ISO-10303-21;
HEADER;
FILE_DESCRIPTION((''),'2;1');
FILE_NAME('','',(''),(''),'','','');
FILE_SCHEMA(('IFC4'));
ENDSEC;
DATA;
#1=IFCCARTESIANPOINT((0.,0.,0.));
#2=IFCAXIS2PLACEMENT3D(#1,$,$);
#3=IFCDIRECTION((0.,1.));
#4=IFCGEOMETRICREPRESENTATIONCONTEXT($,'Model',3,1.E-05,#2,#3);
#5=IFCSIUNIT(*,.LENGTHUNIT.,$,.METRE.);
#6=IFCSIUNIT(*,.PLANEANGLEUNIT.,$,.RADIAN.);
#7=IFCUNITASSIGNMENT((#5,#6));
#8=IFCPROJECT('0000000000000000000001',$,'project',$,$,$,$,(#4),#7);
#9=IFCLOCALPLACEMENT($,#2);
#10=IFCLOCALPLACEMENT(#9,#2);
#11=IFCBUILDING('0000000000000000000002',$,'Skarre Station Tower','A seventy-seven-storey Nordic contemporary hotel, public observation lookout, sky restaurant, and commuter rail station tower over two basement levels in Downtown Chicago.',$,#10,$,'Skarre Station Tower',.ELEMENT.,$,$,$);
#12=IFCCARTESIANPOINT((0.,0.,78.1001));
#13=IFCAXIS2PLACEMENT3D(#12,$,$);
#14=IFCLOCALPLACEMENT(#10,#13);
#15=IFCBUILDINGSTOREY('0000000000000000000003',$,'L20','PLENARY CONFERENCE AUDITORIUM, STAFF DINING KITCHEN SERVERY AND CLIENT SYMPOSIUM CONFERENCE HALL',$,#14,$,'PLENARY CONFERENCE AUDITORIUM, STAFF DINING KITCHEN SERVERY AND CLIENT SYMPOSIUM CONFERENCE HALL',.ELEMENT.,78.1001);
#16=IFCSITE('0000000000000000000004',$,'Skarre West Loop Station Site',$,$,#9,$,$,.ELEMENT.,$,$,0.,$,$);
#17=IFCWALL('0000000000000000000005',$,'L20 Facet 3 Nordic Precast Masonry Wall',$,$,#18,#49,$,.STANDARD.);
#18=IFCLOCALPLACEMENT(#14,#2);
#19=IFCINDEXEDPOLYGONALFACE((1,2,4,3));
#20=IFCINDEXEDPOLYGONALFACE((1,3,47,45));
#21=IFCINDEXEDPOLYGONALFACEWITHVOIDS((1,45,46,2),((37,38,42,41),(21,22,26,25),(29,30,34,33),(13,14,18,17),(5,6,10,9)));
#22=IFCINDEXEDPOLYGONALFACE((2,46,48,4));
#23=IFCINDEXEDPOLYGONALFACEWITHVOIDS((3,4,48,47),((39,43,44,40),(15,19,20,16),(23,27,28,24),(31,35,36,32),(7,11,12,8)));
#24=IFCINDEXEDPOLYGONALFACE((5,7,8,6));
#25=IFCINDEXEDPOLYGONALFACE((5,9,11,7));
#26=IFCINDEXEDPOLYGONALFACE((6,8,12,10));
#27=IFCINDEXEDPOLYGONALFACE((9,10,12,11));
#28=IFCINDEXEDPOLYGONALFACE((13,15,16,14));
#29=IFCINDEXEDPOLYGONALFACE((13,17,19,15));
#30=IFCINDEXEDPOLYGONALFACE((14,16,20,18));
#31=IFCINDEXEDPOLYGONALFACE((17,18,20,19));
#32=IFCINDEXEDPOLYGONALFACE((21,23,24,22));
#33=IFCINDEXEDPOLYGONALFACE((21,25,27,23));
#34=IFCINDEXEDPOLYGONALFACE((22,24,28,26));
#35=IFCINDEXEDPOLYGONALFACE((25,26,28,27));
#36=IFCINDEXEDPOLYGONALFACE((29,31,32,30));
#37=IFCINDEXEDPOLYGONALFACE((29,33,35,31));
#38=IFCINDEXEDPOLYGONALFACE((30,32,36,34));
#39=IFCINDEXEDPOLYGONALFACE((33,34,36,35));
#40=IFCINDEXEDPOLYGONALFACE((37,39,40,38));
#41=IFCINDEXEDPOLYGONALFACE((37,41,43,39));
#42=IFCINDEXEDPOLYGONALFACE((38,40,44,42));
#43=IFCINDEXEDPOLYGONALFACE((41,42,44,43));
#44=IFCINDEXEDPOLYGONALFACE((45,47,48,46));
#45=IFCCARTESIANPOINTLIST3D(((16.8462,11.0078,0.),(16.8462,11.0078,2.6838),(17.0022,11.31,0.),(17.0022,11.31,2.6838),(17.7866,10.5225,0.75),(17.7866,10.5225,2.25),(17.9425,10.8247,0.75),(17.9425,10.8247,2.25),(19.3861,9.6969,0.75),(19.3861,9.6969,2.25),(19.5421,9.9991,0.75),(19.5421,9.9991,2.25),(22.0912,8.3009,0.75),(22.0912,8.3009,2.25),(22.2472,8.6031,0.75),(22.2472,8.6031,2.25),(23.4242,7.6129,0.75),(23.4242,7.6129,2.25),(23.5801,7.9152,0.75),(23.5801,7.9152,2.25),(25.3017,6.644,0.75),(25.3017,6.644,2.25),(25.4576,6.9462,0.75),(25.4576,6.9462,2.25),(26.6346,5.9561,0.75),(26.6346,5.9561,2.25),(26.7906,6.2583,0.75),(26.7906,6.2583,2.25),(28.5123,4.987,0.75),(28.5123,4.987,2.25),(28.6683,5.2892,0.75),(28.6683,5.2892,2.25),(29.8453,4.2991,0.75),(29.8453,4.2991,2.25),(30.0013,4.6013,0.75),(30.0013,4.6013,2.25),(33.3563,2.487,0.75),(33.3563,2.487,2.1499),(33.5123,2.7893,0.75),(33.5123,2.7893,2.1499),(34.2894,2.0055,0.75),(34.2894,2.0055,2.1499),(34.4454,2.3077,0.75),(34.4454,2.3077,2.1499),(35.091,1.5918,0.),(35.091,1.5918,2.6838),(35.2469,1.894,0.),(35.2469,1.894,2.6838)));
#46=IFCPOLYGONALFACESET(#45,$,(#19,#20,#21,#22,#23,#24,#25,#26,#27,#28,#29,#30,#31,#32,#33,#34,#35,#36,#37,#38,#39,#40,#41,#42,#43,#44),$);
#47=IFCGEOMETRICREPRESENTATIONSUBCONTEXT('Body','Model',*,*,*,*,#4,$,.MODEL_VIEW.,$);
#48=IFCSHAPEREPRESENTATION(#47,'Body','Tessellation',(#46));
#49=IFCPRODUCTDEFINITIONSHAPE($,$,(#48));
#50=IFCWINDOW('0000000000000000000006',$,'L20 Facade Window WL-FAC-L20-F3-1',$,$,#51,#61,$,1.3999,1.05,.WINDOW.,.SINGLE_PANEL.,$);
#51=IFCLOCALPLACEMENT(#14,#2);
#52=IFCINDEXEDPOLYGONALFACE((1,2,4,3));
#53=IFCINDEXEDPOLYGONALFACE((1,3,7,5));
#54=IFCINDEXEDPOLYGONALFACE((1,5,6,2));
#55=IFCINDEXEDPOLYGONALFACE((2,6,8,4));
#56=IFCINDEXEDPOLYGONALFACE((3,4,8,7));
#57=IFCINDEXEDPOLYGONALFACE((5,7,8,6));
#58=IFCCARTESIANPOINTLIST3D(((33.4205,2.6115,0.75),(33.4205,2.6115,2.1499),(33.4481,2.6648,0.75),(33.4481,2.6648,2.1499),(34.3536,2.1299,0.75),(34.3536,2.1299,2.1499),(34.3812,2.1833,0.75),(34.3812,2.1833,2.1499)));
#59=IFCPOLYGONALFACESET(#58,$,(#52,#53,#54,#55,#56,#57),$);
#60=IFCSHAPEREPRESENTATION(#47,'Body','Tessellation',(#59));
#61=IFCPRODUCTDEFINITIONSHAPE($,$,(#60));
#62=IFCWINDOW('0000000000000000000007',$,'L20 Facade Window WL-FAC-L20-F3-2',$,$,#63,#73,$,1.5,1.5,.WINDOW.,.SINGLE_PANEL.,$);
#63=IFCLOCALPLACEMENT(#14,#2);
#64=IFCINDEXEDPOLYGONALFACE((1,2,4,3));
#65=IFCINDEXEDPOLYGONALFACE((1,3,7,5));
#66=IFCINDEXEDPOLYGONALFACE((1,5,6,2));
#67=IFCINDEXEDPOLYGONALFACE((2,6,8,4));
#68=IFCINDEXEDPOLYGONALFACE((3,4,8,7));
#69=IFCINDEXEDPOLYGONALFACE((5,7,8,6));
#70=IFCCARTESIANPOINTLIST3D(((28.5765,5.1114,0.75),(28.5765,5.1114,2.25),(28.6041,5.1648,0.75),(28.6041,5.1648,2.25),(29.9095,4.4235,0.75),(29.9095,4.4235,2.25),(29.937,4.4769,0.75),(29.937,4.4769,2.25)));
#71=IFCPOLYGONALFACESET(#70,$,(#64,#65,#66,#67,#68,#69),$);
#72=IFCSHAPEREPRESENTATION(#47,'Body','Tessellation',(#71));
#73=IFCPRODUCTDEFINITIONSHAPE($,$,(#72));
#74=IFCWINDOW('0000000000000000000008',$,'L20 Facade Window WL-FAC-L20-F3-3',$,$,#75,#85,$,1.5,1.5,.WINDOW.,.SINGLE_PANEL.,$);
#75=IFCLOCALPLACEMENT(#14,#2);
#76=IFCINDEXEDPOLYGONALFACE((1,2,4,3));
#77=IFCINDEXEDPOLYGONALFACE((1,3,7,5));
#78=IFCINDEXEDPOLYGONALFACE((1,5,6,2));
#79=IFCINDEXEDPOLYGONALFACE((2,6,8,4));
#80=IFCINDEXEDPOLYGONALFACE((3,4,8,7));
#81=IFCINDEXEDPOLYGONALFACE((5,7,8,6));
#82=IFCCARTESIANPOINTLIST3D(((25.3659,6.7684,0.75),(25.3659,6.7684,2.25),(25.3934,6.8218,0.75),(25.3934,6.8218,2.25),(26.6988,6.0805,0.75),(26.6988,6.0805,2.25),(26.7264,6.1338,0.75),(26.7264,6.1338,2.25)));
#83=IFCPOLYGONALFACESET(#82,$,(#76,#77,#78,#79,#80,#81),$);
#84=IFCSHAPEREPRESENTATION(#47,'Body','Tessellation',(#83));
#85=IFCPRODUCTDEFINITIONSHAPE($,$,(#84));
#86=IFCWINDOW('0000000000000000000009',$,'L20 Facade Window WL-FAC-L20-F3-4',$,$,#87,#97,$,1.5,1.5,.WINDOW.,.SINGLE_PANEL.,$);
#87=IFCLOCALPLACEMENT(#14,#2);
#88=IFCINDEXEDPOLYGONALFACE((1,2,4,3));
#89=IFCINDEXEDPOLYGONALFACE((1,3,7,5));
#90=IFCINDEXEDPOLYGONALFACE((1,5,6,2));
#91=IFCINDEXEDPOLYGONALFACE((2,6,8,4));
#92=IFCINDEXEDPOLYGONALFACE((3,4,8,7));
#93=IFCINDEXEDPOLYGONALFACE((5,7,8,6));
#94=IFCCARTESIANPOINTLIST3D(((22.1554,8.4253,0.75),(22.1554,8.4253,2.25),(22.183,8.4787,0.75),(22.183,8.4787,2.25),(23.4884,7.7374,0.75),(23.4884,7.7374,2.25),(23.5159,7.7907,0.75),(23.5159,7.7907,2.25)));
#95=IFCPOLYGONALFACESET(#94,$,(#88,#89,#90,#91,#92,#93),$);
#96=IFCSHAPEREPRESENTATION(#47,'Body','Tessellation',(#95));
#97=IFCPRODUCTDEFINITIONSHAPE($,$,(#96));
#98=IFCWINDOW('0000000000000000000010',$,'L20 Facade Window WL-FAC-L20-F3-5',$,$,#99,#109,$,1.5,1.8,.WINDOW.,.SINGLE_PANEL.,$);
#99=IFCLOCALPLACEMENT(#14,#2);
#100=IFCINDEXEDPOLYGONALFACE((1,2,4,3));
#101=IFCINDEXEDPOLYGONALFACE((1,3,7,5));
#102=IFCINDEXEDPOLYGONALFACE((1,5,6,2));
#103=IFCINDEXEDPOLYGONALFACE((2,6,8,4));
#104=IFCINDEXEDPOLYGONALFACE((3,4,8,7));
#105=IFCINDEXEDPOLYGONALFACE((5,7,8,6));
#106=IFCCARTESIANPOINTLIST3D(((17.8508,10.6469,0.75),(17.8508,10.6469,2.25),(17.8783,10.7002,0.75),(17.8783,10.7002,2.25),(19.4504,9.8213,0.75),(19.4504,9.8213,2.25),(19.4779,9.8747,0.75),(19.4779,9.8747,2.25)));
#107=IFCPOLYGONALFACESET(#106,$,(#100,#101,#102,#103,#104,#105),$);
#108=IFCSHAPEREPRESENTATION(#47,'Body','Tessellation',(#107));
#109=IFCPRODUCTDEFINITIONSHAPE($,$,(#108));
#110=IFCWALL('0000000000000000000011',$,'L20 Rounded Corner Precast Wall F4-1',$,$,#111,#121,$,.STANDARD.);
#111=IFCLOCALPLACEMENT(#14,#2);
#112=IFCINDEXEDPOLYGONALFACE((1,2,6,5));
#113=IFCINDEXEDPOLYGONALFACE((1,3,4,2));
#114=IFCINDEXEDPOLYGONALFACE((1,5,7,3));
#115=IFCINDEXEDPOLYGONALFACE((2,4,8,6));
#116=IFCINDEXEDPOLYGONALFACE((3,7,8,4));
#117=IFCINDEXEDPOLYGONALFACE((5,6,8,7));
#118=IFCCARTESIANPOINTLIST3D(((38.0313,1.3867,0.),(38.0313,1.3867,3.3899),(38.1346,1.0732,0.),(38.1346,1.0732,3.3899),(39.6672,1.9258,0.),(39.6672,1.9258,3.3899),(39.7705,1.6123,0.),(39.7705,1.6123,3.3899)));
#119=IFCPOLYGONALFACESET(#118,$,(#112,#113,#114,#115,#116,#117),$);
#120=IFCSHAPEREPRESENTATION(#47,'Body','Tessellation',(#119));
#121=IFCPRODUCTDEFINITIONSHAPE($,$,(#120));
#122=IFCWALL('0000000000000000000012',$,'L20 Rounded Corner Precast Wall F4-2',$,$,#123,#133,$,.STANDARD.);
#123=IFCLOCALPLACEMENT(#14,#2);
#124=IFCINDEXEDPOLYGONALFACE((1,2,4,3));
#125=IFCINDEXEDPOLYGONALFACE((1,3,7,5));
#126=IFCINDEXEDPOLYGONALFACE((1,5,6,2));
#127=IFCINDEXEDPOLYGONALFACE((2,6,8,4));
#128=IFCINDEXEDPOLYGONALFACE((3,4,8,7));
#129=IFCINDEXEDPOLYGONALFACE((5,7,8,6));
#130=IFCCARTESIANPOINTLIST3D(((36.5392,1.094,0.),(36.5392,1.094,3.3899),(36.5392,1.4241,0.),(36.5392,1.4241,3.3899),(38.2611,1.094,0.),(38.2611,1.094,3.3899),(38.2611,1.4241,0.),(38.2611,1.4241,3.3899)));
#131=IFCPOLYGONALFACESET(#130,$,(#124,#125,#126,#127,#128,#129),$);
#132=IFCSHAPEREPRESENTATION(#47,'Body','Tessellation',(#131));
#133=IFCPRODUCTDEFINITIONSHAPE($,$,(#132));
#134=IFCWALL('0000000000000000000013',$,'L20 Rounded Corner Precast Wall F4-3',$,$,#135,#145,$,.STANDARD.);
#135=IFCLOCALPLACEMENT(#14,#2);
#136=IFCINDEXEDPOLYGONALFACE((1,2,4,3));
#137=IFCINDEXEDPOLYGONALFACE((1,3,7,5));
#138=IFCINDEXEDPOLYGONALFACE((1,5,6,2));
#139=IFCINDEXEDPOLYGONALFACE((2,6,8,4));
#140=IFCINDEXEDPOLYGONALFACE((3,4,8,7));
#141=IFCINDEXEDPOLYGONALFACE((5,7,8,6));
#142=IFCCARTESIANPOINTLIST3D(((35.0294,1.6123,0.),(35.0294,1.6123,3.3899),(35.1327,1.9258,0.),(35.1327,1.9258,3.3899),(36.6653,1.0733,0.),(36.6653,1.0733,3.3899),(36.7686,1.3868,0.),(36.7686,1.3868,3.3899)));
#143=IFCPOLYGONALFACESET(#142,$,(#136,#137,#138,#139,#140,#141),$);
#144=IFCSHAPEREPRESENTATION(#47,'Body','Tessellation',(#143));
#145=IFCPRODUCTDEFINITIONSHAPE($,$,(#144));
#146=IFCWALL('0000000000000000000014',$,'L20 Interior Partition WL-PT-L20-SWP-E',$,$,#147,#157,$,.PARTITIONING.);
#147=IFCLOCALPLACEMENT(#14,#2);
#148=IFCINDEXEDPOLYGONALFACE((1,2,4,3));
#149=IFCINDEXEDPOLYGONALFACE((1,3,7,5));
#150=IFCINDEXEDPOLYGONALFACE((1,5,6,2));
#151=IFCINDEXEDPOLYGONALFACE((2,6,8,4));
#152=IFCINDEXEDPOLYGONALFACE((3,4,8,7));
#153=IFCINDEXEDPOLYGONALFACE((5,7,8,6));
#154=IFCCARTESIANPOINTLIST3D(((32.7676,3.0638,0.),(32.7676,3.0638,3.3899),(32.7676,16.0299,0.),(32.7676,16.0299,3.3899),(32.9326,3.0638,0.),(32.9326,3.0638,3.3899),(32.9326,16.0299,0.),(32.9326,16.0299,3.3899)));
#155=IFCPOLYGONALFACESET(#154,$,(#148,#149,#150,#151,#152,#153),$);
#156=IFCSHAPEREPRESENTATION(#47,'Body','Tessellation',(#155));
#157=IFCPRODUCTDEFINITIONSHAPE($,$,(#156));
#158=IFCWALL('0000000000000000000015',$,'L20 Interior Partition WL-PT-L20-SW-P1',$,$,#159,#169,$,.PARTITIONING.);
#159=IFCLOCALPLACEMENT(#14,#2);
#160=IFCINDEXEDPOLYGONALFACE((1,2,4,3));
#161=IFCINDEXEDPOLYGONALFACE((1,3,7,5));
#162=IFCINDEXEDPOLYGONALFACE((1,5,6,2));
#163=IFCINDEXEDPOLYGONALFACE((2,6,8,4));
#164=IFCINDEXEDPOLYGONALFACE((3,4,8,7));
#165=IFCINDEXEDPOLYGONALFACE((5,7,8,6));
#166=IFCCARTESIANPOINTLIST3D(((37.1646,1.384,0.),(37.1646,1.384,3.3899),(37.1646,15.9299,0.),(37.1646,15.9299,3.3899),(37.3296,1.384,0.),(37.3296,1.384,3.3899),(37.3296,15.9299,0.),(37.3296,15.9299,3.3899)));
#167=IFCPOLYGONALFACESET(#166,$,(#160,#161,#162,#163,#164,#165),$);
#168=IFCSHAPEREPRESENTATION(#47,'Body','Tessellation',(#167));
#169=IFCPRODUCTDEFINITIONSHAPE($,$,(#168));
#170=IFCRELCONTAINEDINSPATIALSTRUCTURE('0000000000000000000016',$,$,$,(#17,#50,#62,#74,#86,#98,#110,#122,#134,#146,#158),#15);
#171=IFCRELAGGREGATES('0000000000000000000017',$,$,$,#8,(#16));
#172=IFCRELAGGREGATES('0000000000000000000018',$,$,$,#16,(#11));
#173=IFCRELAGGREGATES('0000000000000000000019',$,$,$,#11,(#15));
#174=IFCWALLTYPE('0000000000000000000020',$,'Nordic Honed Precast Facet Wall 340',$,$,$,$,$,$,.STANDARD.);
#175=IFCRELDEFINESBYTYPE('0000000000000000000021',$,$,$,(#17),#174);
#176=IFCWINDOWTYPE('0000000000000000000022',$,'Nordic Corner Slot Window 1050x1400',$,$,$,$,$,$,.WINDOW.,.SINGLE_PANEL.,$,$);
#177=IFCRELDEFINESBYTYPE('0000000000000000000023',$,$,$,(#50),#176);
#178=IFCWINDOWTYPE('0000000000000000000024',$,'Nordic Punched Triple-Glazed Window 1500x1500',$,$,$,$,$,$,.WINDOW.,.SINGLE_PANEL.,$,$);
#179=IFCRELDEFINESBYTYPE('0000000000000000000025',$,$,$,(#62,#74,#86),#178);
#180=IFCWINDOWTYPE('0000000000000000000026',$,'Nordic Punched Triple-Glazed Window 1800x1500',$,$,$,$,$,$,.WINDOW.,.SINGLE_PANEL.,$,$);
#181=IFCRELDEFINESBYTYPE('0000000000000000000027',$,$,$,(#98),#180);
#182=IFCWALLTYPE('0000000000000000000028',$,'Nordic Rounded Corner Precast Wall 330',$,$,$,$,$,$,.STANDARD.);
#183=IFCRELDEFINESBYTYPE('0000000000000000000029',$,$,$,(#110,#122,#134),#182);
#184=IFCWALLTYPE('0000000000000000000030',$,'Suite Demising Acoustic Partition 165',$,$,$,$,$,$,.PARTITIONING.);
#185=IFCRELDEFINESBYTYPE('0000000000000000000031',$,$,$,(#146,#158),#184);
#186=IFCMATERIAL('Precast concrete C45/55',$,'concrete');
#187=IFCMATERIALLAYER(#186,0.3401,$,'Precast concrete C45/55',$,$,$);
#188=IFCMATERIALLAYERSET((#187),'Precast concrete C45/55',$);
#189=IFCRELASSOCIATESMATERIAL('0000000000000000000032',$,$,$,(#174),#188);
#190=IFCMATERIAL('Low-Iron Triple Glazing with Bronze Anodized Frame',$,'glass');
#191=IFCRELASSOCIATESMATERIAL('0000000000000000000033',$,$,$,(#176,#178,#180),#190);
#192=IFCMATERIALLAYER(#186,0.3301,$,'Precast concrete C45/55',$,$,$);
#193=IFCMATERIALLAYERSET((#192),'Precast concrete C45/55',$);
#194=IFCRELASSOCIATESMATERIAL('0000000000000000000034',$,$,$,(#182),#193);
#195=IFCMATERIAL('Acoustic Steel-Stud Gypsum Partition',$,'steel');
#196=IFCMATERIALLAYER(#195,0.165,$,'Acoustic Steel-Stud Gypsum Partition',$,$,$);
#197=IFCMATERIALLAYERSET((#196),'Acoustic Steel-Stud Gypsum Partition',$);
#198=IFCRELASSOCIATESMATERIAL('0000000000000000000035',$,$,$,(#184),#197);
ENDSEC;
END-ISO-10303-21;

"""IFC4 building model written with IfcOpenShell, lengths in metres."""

from ifc_helpers import new_model, si_unit, direction, frame, frame_2d, origin, place, context, subcontext, project, spatial, rectangle, extrude, material, layer, layer_set, type_object, element, fill, save


model = new_model("IFC4")

# Units and contexts
model_context = context("Model", 3, precision=1e-05, world=origin(), true_north=direction((0.0, 1.0)))
body_context = subcontext(model_context, "Body", "Model", "MODEL_VIEW")
ifc_project = project(units=[si_unit("LENGTHUNIT", "METRE"), si_unit("PLANEANGLEUNIT", "RADIAN")], contexts=[model_context])

# Site, building, storey
site_placement = place(None, origin())
site = spatial("IfcSite", under=ifc_project, at=site_placement, Name="Skarre West Loop Station Site", CompositionType="ELEMENT", RefElevation=0.0)
building_placement = place(site_placement, origin())
building = spatial("IfcBuilding", under=site, at=building_placement, Name="Skarre Station Tower", Description="A seventy-seven-storey Nordic contemporary hotel, public observation lookout, sky restaurant, and commuter rail station tower over two basement levels in Downtown Chicago.", LongName="Skarre Station Tower", CompositionType="ELEMENT")
storey_placement = place(building_placement, frame((0.0, 0.0, 78.1001)))
storey = spatial("IfcBuildingStorey", under=building, at=storey_placement, Name="L20", Description="PLENARY CONFERENCE AUDITORIUM, STAFF DINING KITCHEN SERVERY AND CLIENT SYMPOSIUM CONFERENCE HALL", LongName="PLENARY CONFERENCE AUDITORIUM, STAFF DINING KITCHEN SERVERY AND CLIENT SYMPOSIUM CONFERENCE HALL", CompositionType="ELEMENT", Elevation=78.1001)

# Wall, openings, windows
ifc_material_1 = material(Name="Precast concrete C45/55", Category="concrete")
ifc_layer_1 = layer(ifc_material_1, 0.3401, Name="Precast concrete C45/55")
ifc_layer_set_1 = layer_set([ifc_layer_1], Name="Precast concrete C45/55")
wall_type_1 = type_object("IfcWallType", Name="Nordic Honed Precast Facet Wall 340", PredefinedType="STANDARD", material=ifc_layer_set_1)
wall_1_placement = place(storey_placement, frame((35.1689, 1.7429, 0.0), z_axis=(0.0, 0.0, 1.0), x_axis=(-0.888634, 0.458616, 0.0)))
wall_1 = element("IfcWall", 1, at=wall_1_placement, inside=storey, type_object=wall_type_1, Name="L20 Facet 3 Nordic Precast Masonry Wall", PredefinedType="STANDARD", context=body_context, shape_type="SweptSolid", body=[
    extrude(rectangle(XDim=20.5312, YDim=0.3401, at=frame_2d((10.2656, 0.0))), origin(), (0.0, 0.0, 1.0), 2.6838),
])
opening_1_placement = place(wall_1_placement, frame((0.9021, 0.0, 0.75)))
opening_1 = element("IfcOpeningElement", 2, at=opening_1_placement, cuts=wall_1, PredefinedType="OPENING", context=body_context, shape_type="SweptSolid", body=[
    extrude(rectangle(XDim=1.05, YDim=1.3999, at=frame_2d((0.5249, 0.7))), frame((0.0, 0.1799, 0.0), z_axis=(0.0, -1.0, 0.0), x_axis=(1.0, 0.0, 0.0)), (0.0, 0.0, 1.0), 0.3601),
])
opening_2_placement = place(wall_1_placement, frame((5.9031, 0.0, 0.75)))
opening_2 = element("IfcOpeningElement", 3, at=opening_2_placement, cuts=wall_1, PredefinedType="OPENING", context=body_context, shape_type="SweptSolid", body=[
    extrude(rectangle(XDim=1.5, YDim=1.5, at=frame_2d((0.75, 0.75))), frame((0.0, 0.1799, 0.0), z_axis=(0.0, -1.0, 0.0), x_axis=(1.0, 0.0, 0.0)), (0.0, 0.0, 1.0), 0.3601),
])
opening_3_placement = place(wall_1_placement, frame((9.5161, 0.0, 0.75)))
opening_3 = element("IfcOpeningElement", 4, at=opening_3_placement, cuts=wall_1, PredefinedType="OPENING", context=body_context, shape_type="SweptSolid", body=[
    extrude(rectangle(XDim=1.5, YDim=1.5, at=frame_2d((0.75, 0.75))), frame((0.0, 0.1799, 0.0), z_axis=(0.0, -1.0, 0.0), x_axis=(1.0, 0.0, 0.0)), (0.0, 0.0, 1.0), 0.3601),
])
opening_4_placement = place(wall_1_placement, frame((13.1289, 0.0, 0.75)))
opening_4 = element("IfcOpeningElement", 5, at=opening_4_placement, cuts=wall_1, PredefinedType="OPENING", context=body_context, shape_type="SweptSolid", body=[
    extrude(rectangle(XDim=1.5, YDim=1.5, at=frame_2d((0.75, 0.75))), frame((0.0, 0.1799, 0.0), z_axis=(0.0, -1.0, 0.0), x_axis=(1.0, 0.0, 0.0)), (0.0, 0.0, 1.0), 0.3601),
])
opening_5_placement = place(wall_1_placement, frame((17.6731, 0.0, 0.75)))
opening_5 = element("IfcOpeningElement", 6, at=opening_5_placement, cuts=wall_1, PredefinedType="OPENING", context=body_context, shape_type="SweptSolid", body=[
    extrude(rectangle(XDim=1.8, YDim=1.5, at=frame_2d((0.8999, 0.75))), frame((0.0, 0.1799, 0.0), z_axis=(0.0, -1.0, 0.0), x_axis=(1.0, 0.0, 0.0)), (0.0, 0.0, 1.0), 0.3601),
])
ifc_material_2 = material(Name="Low-Iron Triple Glazing with Bronze Anodized Frame", Category="glass")
window_type_1 = type_object("IfcWindowType", Name="Nordic Corner Slot Window 1050x1400", PartitioningType="SINGLE_PANEL", PredefinedType="WINDOW", material=ifc_material_2)
window_1_placement = place(opening_1_placement, origin())
window_1 = element("IfcWindow", 7, at=window_1_placement, inside=storey, type_object=window_type_1, Name="L20 Facade Window WL-FAC-L20-F3-1", OverallHeight=1.3999, OverallWidth=1.05, PartitioningType="SINGLE_PANEL", PredefinedType="WINDOW", context=body_context, shape_type="SweptSolid", body=[
    extrude(rectangle(XDim=1.05, YDim=1.3999, at=frame_2d((0.5249, 0.7))), frame((0.0, 0.03, 0.0), z_axis=(0.0, -1.0, 0.0), x_axis=(1.0, 0.0, 0.0)), (0.0, 0.0, 1.0), 0.0601),
])
fill(opening_1, window_1)
window_type_2 = type_object("IfcWindowType", Name="Nordic Punched Triple-Glazed Window 1500x1500", PartitioningType="SINGLE_PANEL", PredefinedType="WINDOW", material=ifc_material_2)
window_2_placement = place(opening_2_placement, origin())
window_2 = element("IfcWindow", 8, at=window_2_placement, inside=storey, type_object=window_type_2, Name="L20 Facade Window WL-FAC-L20-F3-2", OverallHeight=1.5, OverallWidth=1.5, PartitioningType="SINGLE_PANEL", PredefinedType="WINDOW", context=body_context, shape_type="SweptSolid", body=[
    extrude(rectangle(XDim=1.5, YDim=1.5, at=frame_2d((0.75, 0.75))), frame((0.0, 0.03, 0.0), z_axis=(0.0, -1.0, 0.0), x_axis=(1.0, 0.0, 0.0)), (0.0, 0.0, 1.0), 0.0601),
])
fill(opening_2, window_2)
window_3_placement = place(opening_3_placement, origin())
window_3 = element("IfcWindow", 9, at=window_3_placement, inside=storey, type_object=window_type_2, Name="L20 Facade Window WL-FAC-L20-F3-3", OverallHeight=1.5, OverallWidth=1.5, PartitioningType="SINGLE_PANEL", PredefinedType="WINDOW", context=body_context, shape_type="SweptSolid", body=[
    extrude(rectangle(XDim=1.5, YDim=1.5, at=frame_2d((0.75, 0.75))), frame((0.0, 0.03, 0.0), z_axis=(0.0, -1.0, 0.0), x_axis=(1.0, 0.0, 0.0)), (0.0, 0.0, 1.0), 0.0601),
])
fill(opening_3, window_3)
window_4_placement = place(opening_4_placement, origin())
window_4 = element("IfcWindow", 10, at=window_4_placement, inside=storey, type_object=window_type_2, Name="L20 Facade Window WL-FAC-L20-F3-4", OverallHeight=1.5, OverallWidth=1.5, PartitioningType="SINGLE_PANEL", PredefinedType="WINDOW", context=body_context, shape_type="SweptSolid", body=[
    extrude(rectangle(XDim=1.5, YDim=1.5, at=frame_2d((0.75, 0.75))), frame((0.0, 0.03, 0.0), z_axis=(0.0, -1.0, 0.0), x_axis=(1.0, 0.0, 0.0)), (0.0, 0.0, 1.0), 0.0601),
])
fill(opening_4, window_4)
window_type_3 = type_object("IfcWindowType", Name="Nordic Punched Triple-Glazed Window 1800x1500", PartitioningType="SINGLE_PANEL", PredefinedType="WINDOW", material=ifc_material_2)
window_5_placement = place(opening_5_placement, origin())
window_5 = element("IfcWindow", 11, at=window_5_placement, inside=storey, type_object=window_type_3, Name="L20 Facade Window WL-FAC-L20-F3-5", OverallHeight=1.5, OverallWidth=1.8, PartitioningType="SINGLE_PANEL", PredefinedType="WINDOW", context=body_context, shape_type="SweptSolid", body=[
    extrude(rectangle(XDim=1.8, YDim=1.5, at=frame_2d((0.8999, 0.75))), frame((0.0, 0.03, 0.0), z_axis=(0.0, -1.0, 0.0), x_axis=(1.0, 0.0, 0.0)), (0.0, 0.0, 1.0), 0.0601),
])
fill(opening_5, window_5)

# Walls
ifc_layer_2 = layer(ifc_material_1, 0.3301, Name="Precast concrete C45/55")
ifc_layer_set_2 = layer_set([ifc_layer_2], Name="Precast concrete C45/55")
wall_type_2 = type_object("IfcWallType", Name="Nordic Rounded Corner Precast Wall 330", PredefinedType="STANDARD", material=ifc_layer_set_2)
wall_2_placement = place(storey_placement, frame((39.719, 1.769, 0.0), z_axis=(0.0, 0.0, 1.0), x_axis=(-0.949769, -0.312952, 0.0)))
element("IfcWall", 12, at=wall_2_placement, inside=storey, type_object=wall_type_2, Name="L20 Rounded Corner Precast Wall F4-1", PredefinedType="STANDARD", context=body_context, shape_type="SweptSolid", body=[
    extrude(rectangle(XDim=1.7224, YDim=0.3301, at=frame_2d((0.8613, 0.0))), origin(), (0.0, 0.0, 1.0), 3.3899),
])
wall_3_placement = place(storey_placement, frame((38.261, 1.259, 0.0), z_axis=(0.0, 0.0, 1.0), x_axis=(-1.0, 0.0, 0.0)))
element("IfcWall", 13, at=wall_3_placement, inside=storey, type_object=wall_type_2, Name="L20 Rounded Corner Precast Wall F4-2", PredefinedType="STANDARD", context=body_context, shape_type="SweptSolid", body=[
    extrude(rectangle(XDim=1.7219, YDim=0.3301, at=frame_2d((0.8608, 0.0))), origin(), (0.0, 0.0, 1.0), 3.3899),
])
wall_4_placement = place(storey_placement, frame((36.717, 1.23, 0.0), z_axis=(0.0, 0.0, 1.0), x_axis=(-0.949769, 0.312952, 0.0)))
element("IfcWall", 14, at=wall_4_placement, inside=storey, type_object=wall_type_2, Name="L20 Rounded Corner Precast Wall F4-3", PredefinedType="STANDARD", context=body_context, shape_type="SweptSolid", body=[
    extrude(rectangle(XDim=1.7224, YDim=0.3301, at=frame_2d((0.8613, 0.0))), origin(), (0.0, 0.0, 1.0), 3.3899),
])
ifc_material_3 = material(Name="Acoustic Steel-Stud Gypsum Partition", Category="steel")
ifc_layer_3 = layer(ifc_material_3, 0.165, Name="Acoustic Steel-Stud Gypsum Partition")
ifc_layer_set_3 = layer_set([ifc_layer_3], Name="Acoustic Steel-Stud Gypsum Partition")
wall_type_3 = type_object("IfcWallType", Name="Suite Demising Acoustic Partition 165", PredefinedType="PARTITIONING", material=ifc_layer_set_3)
wall_5_placement = place(storey_placement, frame((32.8501, 3.064, 0.0), z_axis=(0.0, 0.0, 1.0), x_axis=(0.0, 1.0, 0.0)))
element("IfcWall", 15, at=wall_5_placement, inside=storey, type_object=wall_type_3, Name="L20 Interior Partition WL-PT-L20-SWP-E", PredefinedType="PARTITIONING", context=body_context, shape_type="SweptSolid", body=[
    extrude(rectangle(XDim=12.9661, YDim=0.165, at=frame_2d((6.4829, 0.0))), origin(), (0.0, 0.0, 1.0), 3.3899),
])
wall_6_placement = place(storey_placement, frame((37.2471, 1.384, 0.0), z_axis=(0.0, 0.0, 1.0), x_axis=(0.0, 1.0, 0.0)))
element("IfcWall", 16, at=wall_6_placement, inside=storey, type_object=wall_type_3, Name="L20 Interior Partition WL-PT-L20-SW-P1", PredefinedType="PARTITIONING", context=body_context, shape_type="SweptSolid", body=[
    extrude(rectangle(XDim=14.5459, YDim=0.165, at=frame_2d((7.2729, 0.0))), origin(), (0.0, 0.0, 1.0), 3.3899),
])

save(model, "model.ifc")
